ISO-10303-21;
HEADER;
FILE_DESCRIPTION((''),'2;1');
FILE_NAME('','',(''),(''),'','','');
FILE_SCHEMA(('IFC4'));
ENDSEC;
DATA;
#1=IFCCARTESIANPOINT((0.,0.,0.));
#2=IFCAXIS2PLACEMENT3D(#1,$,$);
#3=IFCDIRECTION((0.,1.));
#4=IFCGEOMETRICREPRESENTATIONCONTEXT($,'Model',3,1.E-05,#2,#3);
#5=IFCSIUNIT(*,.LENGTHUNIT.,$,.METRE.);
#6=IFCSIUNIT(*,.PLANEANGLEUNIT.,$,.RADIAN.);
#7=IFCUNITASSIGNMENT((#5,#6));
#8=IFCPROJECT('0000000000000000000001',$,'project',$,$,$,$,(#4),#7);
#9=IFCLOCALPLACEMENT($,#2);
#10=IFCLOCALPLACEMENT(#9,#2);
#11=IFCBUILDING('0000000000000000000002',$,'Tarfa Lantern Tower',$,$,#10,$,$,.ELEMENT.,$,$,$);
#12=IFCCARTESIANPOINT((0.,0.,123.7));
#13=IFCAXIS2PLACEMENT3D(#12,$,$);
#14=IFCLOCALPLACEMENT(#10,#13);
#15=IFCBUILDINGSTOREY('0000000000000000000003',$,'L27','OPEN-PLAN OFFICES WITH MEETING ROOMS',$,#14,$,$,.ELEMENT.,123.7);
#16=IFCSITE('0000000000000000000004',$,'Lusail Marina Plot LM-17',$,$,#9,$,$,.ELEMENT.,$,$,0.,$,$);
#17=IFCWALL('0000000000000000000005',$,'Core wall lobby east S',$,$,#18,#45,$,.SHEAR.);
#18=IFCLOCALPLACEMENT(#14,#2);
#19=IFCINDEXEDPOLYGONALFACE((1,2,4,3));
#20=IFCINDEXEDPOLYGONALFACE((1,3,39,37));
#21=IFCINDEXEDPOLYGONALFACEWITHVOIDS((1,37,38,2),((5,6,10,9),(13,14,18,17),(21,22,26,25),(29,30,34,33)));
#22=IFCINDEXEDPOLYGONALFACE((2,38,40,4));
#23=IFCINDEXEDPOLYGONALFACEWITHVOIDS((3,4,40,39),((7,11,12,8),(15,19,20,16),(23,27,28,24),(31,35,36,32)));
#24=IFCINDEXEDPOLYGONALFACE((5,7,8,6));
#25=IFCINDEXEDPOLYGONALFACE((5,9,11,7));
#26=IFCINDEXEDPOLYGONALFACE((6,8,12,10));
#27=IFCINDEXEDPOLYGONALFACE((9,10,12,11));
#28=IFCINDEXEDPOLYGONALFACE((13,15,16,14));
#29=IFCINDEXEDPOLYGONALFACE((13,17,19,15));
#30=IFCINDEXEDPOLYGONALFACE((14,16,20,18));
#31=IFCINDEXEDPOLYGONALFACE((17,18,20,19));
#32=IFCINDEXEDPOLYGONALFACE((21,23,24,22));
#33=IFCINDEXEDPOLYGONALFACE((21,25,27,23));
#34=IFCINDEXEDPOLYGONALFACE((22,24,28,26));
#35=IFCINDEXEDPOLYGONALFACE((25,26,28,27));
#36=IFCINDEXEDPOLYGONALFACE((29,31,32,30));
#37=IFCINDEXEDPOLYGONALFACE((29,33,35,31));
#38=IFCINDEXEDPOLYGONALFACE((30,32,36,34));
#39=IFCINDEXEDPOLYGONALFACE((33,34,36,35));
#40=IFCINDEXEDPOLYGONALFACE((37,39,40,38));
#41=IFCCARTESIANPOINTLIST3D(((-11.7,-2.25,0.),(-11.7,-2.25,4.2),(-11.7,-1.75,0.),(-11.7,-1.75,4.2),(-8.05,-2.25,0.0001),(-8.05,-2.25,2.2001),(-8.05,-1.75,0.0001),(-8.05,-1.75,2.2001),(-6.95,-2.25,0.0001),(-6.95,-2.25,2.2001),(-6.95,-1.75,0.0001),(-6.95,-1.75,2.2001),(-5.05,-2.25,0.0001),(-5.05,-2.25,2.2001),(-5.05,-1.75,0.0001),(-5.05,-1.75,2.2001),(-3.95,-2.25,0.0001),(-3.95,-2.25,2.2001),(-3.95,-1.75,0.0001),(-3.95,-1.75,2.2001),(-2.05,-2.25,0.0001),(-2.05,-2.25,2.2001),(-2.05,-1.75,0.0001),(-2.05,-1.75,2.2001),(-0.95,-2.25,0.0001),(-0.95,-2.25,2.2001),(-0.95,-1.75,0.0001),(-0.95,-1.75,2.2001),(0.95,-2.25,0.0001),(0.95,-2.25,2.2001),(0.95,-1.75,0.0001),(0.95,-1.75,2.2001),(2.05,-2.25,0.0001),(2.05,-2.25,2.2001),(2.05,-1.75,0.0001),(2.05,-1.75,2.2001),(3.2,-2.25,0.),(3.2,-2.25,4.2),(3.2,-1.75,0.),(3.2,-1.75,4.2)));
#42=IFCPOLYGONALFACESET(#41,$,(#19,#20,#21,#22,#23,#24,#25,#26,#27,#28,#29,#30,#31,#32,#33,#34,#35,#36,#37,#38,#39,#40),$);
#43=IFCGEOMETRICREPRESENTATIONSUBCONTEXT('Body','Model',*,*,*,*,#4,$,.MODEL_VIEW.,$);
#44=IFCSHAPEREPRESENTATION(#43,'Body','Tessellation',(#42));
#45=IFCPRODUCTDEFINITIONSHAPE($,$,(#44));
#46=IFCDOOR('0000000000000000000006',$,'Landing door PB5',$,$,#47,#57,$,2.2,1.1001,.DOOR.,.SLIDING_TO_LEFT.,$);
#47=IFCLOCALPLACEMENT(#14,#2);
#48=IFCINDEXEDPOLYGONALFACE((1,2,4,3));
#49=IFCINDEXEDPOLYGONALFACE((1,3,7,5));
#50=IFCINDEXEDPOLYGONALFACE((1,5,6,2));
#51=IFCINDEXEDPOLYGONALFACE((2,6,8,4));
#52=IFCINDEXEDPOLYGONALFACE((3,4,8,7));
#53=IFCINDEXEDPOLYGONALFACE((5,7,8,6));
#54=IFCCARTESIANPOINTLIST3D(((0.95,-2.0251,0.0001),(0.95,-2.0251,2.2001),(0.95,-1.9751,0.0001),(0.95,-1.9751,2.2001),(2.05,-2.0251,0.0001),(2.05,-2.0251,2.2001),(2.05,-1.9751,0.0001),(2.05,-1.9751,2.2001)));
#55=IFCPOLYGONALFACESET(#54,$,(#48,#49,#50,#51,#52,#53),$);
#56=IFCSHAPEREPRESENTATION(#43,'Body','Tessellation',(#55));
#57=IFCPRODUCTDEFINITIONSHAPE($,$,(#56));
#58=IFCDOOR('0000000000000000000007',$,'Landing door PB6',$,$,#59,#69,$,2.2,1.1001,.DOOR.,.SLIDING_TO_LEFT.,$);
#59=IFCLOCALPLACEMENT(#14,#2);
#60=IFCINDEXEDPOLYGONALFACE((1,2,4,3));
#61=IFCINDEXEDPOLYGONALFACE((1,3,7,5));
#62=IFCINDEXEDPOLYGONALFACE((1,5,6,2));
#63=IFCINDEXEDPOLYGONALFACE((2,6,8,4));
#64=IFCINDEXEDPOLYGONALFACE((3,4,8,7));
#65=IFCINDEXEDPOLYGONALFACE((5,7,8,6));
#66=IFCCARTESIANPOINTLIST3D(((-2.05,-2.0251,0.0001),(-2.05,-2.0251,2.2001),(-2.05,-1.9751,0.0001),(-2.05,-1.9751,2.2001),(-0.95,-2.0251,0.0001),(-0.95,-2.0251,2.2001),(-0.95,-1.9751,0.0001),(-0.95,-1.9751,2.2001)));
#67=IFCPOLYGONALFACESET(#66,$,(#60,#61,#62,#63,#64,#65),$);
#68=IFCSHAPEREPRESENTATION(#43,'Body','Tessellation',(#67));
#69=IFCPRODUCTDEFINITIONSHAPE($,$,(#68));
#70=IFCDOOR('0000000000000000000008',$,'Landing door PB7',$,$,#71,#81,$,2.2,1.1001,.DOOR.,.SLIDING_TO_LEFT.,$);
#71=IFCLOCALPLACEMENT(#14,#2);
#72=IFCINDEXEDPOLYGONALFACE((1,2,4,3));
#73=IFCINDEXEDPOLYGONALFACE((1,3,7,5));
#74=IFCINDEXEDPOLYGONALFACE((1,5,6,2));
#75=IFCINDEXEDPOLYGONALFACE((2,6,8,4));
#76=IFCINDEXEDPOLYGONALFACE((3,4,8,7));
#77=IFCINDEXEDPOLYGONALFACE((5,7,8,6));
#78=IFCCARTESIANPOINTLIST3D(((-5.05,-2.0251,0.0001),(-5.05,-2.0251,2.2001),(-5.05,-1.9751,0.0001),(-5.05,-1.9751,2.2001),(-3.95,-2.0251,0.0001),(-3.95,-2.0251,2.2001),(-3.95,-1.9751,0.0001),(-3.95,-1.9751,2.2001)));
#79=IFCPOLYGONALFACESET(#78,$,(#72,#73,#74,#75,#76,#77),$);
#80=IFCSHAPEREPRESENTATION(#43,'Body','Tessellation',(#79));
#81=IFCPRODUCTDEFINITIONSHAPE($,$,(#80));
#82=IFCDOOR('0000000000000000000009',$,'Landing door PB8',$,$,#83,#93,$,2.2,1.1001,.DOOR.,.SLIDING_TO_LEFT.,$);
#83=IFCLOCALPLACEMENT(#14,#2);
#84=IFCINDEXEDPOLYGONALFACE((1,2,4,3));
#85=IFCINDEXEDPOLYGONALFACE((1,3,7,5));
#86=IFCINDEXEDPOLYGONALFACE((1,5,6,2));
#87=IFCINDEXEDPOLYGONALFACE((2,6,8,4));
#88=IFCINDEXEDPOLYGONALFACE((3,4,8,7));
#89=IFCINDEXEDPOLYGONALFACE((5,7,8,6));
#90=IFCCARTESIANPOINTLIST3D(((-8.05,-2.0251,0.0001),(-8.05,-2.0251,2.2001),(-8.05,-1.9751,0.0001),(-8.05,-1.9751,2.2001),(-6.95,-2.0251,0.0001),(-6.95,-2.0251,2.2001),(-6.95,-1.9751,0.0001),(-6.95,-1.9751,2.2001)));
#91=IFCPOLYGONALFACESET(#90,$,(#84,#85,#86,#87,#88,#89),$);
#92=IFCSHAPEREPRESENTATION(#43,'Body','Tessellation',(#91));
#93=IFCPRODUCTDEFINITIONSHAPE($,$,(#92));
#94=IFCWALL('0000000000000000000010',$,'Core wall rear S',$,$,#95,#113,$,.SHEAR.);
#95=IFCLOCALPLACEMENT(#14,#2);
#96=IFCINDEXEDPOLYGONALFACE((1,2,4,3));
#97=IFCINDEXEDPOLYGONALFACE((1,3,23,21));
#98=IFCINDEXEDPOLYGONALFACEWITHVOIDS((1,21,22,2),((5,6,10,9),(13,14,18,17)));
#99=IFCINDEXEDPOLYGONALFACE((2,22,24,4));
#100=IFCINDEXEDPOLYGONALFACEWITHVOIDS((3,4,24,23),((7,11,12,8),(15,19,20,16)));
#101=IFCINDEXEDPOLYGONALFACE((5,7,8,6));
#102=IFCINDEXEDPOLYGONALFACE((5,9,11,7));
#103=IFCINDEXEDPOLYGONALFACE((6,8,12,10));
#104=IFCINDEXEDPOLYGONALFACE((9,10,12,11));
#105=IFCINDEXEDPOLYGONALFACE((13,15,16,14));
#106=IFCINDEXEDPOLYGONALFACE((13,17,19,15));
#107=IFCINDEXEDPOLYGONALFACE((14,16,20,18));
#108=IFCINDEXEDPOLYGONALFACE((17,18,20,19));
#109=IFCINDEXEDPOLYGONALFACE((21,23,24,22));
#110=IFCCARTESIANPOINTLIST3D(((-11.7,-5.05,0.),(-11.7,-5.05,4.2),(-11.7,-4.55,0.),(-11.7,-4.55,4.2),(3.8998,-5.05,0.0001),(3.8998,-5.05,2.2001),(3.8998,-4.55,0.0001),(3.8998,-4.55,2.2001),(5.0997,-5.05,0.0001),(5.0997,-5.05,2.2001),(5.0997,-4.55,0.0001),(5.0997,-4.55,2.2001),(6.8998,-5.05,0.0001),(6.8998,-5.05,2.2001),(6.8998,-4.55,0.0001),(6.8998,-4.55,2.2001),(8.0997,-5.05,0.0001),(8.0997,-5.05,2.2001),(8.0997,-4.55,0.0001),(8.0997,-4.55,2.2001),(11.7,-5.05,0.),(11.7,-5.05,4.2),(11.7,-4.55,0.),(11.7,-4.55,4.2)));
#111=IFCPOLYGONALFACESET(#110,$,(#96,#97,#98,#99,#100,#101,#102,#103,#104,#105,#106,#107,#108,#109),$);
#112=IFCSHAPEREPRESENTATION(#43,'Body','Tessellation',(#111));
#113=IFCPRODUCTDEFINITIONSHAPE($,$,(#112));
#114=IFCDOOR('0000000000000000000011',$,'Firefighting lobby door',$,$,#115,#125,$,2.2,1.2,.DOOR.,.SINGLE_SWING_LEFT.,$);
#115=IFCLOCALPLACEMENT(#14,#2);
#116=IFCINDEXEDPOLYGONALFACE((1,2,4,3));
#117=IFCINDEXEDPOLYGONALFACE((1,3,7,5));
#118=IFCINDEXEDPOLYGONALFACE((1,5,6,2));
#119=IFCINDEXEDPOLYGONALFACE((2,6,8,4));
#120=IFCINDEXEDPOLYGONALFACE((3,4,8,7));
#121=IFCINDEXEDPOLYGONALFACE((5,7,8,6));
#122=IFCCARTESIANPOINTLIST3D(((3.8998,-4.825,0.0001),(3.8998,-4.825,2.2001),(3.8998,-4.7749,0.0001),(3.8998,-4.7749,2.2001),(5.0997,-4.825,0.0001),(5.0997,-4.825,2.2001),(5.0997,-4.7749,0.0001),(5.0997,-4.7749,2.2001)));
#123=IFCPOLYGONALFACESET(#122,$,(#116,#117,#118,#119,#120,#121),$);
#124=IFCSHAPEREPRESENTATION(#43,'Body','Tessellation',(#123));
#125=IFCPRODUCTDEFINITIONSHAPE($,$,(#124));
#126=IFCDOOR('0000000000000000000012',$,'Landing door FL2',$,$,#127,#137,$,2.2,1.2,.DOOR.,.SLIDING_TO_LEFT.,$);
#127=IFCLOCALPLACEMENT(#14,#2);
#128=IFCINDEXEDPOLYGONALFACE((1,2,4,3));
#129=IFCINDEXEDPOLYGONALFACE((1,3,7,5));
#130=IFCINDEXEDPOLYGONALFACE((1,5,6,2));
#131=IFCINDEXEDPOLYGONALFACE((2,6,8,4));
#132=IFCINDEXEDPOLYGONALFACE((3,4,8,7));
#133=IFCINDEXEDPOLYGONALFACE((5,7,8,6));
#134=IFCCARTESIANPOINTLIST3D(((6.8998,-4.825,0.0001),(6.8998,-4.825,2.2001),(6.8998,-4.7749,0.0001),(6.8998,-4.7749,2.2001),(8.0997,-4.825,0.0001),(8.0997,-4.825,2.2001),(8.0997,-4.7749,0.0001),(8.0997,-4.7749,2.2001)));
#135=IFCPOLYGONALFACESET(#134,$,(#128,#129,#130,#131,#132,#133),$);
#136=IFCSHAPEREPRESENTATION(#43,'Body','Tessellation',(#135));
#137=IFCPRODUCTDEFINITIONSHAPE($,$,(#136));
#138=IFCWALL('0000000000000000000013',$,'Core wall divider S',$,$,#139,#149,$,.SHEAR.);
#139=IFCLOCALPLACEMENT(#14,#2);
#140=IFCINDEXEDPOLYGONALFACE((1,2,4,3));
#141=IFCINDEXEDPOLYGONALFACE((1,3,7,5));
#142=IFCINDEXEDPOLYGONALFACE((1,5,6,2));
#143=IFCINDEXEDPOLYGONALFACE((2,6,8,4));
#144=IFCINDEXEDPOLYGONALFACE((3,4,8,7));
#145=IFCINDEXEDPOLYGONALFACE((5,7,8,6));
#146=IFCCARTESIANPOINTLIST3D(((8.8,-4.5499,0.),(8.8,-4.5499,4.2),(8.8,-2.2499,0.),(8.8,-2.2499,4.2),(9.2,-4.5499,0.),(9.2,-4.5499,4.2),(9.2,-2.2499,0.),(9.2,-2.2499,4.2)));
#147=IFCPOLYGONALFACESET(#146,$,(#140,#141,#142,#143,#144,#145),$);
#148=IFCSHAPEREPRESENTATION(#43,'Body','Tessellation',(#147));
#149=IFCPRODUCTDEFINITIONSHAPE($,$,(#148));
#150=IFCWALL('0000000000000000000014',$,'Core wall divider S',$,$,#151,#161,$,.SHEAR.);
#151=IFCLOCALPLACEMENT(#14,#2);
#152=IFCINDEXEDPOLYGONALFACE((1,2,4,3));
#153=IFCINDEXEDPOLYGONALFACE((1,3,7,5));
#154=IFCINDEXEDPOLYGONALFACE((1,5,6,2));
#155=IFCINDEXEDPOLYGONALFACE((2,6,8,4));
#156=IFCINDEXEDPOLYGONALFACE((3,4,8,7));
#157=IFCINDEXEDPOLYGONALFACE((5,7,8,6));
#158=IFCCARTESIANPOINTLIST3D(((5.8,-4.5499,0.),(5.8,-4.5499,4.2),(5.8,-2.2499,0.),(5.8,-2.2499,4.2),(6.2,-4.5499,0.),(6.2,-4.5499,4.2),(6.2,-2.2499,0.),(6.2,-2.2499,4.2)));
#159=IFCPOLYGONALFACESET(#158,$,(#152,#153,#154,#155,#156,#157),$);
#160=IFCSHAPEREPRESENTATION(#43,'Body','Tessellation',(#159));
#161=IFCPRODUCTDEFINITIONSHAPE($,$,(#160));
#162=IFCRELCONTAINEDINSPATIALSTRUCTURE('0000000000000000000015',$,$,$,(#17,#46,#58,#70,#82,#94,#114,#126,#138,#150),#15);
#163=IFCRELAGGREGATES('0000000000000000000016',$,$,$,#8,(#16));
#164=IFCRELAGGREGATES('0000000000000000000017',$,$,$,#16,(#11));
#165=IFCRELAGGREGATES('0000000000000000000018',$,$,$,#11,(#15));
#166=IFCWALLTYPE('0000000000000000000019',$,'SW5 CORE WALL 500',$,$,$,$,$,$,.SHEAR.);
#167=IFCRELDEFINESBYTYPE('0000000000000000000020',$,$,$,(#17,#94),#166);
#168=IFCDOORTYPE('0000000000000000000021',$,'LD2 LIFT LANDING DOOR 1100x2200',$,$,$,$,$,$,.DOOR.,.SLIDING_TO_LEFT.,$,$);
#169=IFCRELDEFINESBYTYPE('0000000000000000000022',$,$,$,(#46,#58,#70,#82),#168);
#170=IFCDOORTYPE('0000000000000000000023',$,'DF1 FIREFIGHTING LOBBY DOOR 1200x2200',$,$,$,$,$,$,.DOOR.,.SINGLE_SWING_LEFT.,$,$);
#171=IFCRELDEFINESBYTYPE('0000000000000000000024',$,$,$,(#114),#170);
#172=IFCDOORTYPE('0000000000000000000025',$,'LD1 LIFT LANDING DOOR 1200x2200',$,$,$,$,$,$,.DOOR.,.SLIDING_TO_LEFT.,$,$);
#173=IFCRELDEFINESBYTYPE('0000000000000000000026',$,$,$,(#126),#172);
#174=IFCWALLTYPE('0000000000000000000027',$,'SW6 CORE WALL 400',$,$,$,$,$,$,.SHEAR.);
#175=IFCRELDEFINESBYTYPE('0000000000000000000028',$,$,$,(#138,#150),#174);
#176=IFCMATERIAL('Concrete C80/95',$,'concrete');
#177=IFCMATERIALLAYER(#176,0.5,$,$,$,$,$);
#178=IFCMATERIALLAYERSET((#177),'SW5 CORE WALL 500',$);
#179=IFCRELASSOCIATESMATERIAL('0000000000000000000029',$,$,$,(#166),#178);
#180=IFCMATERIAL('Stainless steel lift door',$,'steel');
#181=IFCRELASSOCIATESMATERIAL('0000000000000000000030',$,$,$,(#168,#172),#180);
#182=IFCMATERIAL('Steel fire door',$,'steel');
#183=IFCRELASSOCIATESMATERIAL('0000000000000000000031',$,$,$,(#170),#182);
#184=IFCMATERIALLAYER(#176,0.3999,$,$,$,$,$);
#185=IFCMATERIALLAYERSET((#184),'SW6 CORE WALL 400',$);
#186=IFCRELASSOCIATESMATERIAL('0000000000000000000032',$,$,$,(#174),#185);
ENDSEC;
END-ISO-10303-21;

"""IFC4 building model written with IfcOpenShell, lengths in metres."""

from ifc_helpers import new_model, si_unit, direction, frame, frame_2d, origin, place, context, subcontext, project, spatial, rectangle, extrude, material, layer, layer_set, type_object, element, fill, save


model = new_model("IFC4")

# Units and contexts
model_context = context("Model", 3, precision=1e-05, world=origin(), true_north=direction((0.0, 1.0)))
body_context = subcontext(model_context, "Body", "Model", "MODEL_VIEW")
ifc_project = project(units=[si_unit("LENGTHUNIT", "METRE"), si_unit("PLANEANGLEUNIT", "RADIAN")], contexts=[model_context])

# Site, building, storey
site_placement = place(None, origin())
site = spatial("IfcSite", under=ifc_project, at=site_placement, Name="Lusail Marina Plot LM-17", CompositionType="ELEMENT", RefElevation=0.0)
building_placement = place(site_placement, origin())
building = spatial("IfcBuilding", under=site, at=building_placement, Name="Tarfa Lantern Tower", CompositionType="ELEMENT")
storey_placement = place(building_placement, frame((0.0, 0.0, 123.7)))
storey = spatial("IfcBuildingStorey", under=building, at=storey_placement, Name="L27", Description="OPEN-PLAN OFFICES WITH MEETING ROOMS", CompositionType="ELEMENT", Elevation=123.7)

# Shared definitions
ifc_material_1 = material(Name="Concrete C80/95", Category="concrete")

# Shared definitions
ifc_material_2 = material(Name="Steel fire door", Category="steel")

# Shared definitions
ifc_layer_1 = layer(ifc_material_1, 0.5)
ifc_layer_set_1 = layer_set([ifc_layer_1], Name="SW5 CORE WALL 500")
wall_type_1 = type_object("IfcWallType", Name="SW5 CORE WALL 500", PredefinedType="SHEAR", material=ifc_layer_set_1)

# Walls, openings, doors
wall_1_placement = place(storey_placement, frame((3.2, -2.0, 0.0), z_axis=(0.0, 0.0, 1.0), x_axis=(-1.0, 0.0, 0.0)))
wall_1 = element("IfcWall", 1, at=wall_1_placement, inside=storey, type_object=wall_type_1, Name="Core wall lobby east S", PredefinedType="SHEAR", context=body_context, shape_type="SweptSolid", body=[
    extrude(rectangle(XDim=14.8999, YDim=0.5, at=frame_2d((7.45, 0.0))), origin(), (0.0, 0.0, 1.0), 4.2),
])
opening_1_placement = place(wall_1_placement, frame((1.1499, 0.0, 0.0)))
opening_1 = element("IfcOpeningElement", 2, at=opening_1_placement, cuts=wall_1, PredefinedType="OPENING", context=body_context, shape_type="SweptSolid", body=[
    extrude(rectangle(XDim=1.1001, YDim=2.2, at=frame_2d((0.55, 1.1001))), frame((0.0, 0.26, 0.0), z_axis=(0.0, -1.0, 0.0), x_axis=(1.0, 0.0, 0.0)), (0.0, 0.0, 1.0), 0.52),
])
opening_2_placement = place(wall_1_placement, frame((4.1499, 0.0, 0.0)))
opening_2 = element("IfcOpeningElement", 3, at=opening_2_placement, cuts=wall_1, PredefinedType="OPENING", context=body_context, shape_type="SweptSolid", body=[
    extrude(rectangle(XDim=1.1001, YDim=2.2, at=frame_2d((0.55, 1.1001))), frame((0.0, 0.26, 0.0), z_axis=(0.0, -1.0, 0.0), x_axis=(1.0, 0.0, 0.0)), (0.0, 0.0, 1.0), 0.52),
])
opening_3_placement = place(wall_1_placement, frame((7.1499, 0.0, 0.0)))
opening_3 = element("IfcOpeningElement", 4, at=opening_3_placement, cuts=wall_1, PredefinedType="OPENING", context=body_context, shape_type="SweptSolid", body=[
    extrude(rectangle(XDim=1.1001, YDim=2.2, at=frame_2d((0.55, 1.1001))), frame((0.0, 0.26, 0.0), z_axis=(0.0, -1.0, 0.0), x_axis=(1.0, 0.0, 0.0)), (0.0, 0.0, 1.0), 0.52),
])
opening_4_placement = place(wall_1_placement, frame((10.1499, 0.0, 0.0)))
opening_4 = element("IfcOpeningElement", 5, at=opening_4_placement, cuts=wall_1, PredefinedType="OPENING", context=body_context, shape_type="SweptSolid", body=[
    extrude(rectangle(XDim=1.1001, YDim=2.2, at=frame_2d((0.55, 1.1001))), frame((0.0, 0.26, 0.0), z_axis=(0.0, -1.0, 0.0), x_axis=(1.0, 0.0, 0.0)), (0.0, 0.0, 1.0), 0.52),
])
ifc_material_3 = material(Name="Stainless steel lift door", Category="steel")
door_type_1 = type_object("IfcDoorType", Name="LD2 LIFT LANDING DOOR 1100x2200", OperationType="SLIDING_TO_LEFT", PredefinedType="DOOR", material=ifc_material_3)
door_1_placement = place(opening_1_placement, frame((1.1001, 0.0, 0.0), z_axis=(0.0, 0.0, 1.0), x_axis=(-1.0, 0.0, 0.0)))
door_1 = element("IfcDoor", 6, at=door_1_placement, inside=storey, type_object=door_type_1, Name="Landing door PB5", OperationType="SLIDING_TO_LEFT", OverallHeight=2.2, OverallWidth=1.1001, PredefinedType="DOOR", context=body_context, shape_type="SweptSolid", body=[
    extrude(rectangle(XDim=1.1001, YDim=2.2, at=frame_2d((0.55, 1.1001))), frame((0.0, 0.0249, 0.0), z_axis=(0.0, -1.0, 0.0), x_axis=(1.0, 0.0, 0.0)), (0.0, 0.0, 1.0), 0.05),
])
fill(opening_1, door_1)
door_2_placement = place(opening_2_placement, frame((1.1001, 0.0, 0.0), z_axis=(0.0, 0.0, 1.0), x_axis=(-1.0, 0.0, 0.0)))
door_2 = element("IfcDoor", 7, at=door_2_placement, inside=storey, type_object=door_type_1, Name="Landing door PB6", OperationType="SLIDING_TO_LEFT", OverallHeight=2.2, OverallWidth=1.1001, PredefinedType="DOOR", context=body_context, shape_type="SweptSolid", body=[
    extrude(rectangle(XDim=1.1001, YDim=2.2, at=frame_2d((0.55, 1.1001))), frame((0.0, 0.0249, 0.0), z_axis=(0.0, -1.0, 0.0), x_axis=(1.0, 0.0, 0.0)), (0.0, 0.0, 1.0), 0.05),
])
fill(opening_2, door_2)
door_3_placement = place(opening_3_placement, frame((1.1001, 0.0, 0.0), z_axis=(0.0, 0.0, 1.0), x_axis=(-1.0, 0.0, 0.0)))
door_3 = element("IfcDoor", 8, at=door_3_placement, inside=storey, type_object=door_type_1, Name="Landing door PB7", OperationType="SLIDING_TO_LEFT", OverallHeight=2.2, OverallWidth=1.1001, PredefinedType="DOOR", context=body_context, shape_type="SweptSolid", body=[
    extrude(rectangle(XDim=1.1001, YDim=2.2, at=frame_2d((0.55, 1.1001))), frame((0.0, 0.0249, 0.0), z_axis=(0.0, -1.0, 0.0), x_axis=(1.0, 0.0, 0.0)), (0.0, 0.0, 1.0), 0.05),
])
fill(opening_3, door_3)
door_4_placement = place(opening_4_placement, frame((1.1001, 0.0, 0.0), z_axis=(0.0, 0.0, 1.0), x_axis=(-1.0, 0.0, 0.0)))
door_4 = element("IfcDoor", 9, at=door_4_placement, inside=storey, type_object=door_type_1, Name="Landing door PB8", OperationType="SLIDING_TO_LEFT", OverallHeight=2.2, OverallWidth=1.1001, PredefinedType="DOOR", context=body_context, shape_type="SweptSolid", body=[
    extrude(rectangle(XDim=1.1001, YDim=2.2, at=frame_2d((0.55, 1.1001))), frame((0.0, 0.0249, 0.0), z_axis=(0.0, -1.0, 0.0), x_axis=(1.0, 0.0, 0.0)), (0.0, 0.0, 1.0), 0.05),
])
fill(opening_4, door_4)
wall_2_placement = place(storey_placement, frame((11.7, -4.8, 0.0), z_axis=(0.0, 0.0, 1.0), x_axis=(-1.0, 0.0, 0.0)))
wall_2 = element("IfcWall", 10, at=wall_2_placement, inside=storey, type_object=wall_type_1, Name="Core wall rear S", PredefinedType="SHEAR", context=body_context, shape_type="SweptSolid", body=[
    extrude(rectangle(XDim=23.3999, YDim=0.5, at=frame_2d((11.7, 0.0))), origin(), (0.0, 0.0, 1.0), 4.2),
])
opening_5_placement = place(wall_2_placement, frame((6.6001, 0.0, 0.0)))
opening_5 = element("IfcOpeningElement", 11, at=opening_5_placement, cuts=wall_2, PredefinedType="OPENING", context=body_context, shape_type="SweptSolid", body=[
    extrude(rectangle(XDim=1.2, YDim=2.2, at=frame_2d((0.6001, 1.1001))), frame((0.0, 0.26, 0.0), z_axis=(0.0, -1.0, 0.0), x_axis=(1.0, 0.0, 0.0)), (0.0, 0.0, 1.0), 0.52),
])
opening_6_placement = place(wall_2_placement, frame((3.6001, 0.0, 0.0)))
opening_6 = element("IfcOpeningElement", 12, at=opening_6_placement, cuts=wall_2, PredefinedType="OPENING", context=body_context, shape_type="SweptSolid", body=[
    extrude(rectangle(XDim=1.2, YDim=2.2, at=frame_2d((0.6001, 1.1001))), frame((0.0, 0.26, 0.0), z_axis=(0.0, -1.0, 0.0), x_axis=(1.0, 0.0, 0.0)), (0.0, 0.0, 1.0), 0.52),
])
door_type_2 = type_object("IfcDoorType", Name="DF1 FIREFIGHTING LOBBY DOOR 1200x2200", OperationType="SINGLE_SWING_LEFT", PredefinedType="DOOR", material=ifc_material_2)
door_5_placement = place(opening_5_placement, origin())
door_5 = element("IfcDoor", 13, at=door_5_placement, inside=storey, type_object=door_type_2, Name="Firefighting lobby door", OperationType="SINGLE_SWING_LEFT", OverallHeight=2.2, OverallWidth=1.2, PredefinedType="DOOR", context=body_context, shape_type="SweptSolid", body=[
    extrude(rectangle(XDim=1.2, YDim=2.2, at=frame_2d((0.6001, 1.1001))), frame((0.0, 0.0249, 0.0), z_axis=(0.0, -1.0, 0.0), x_axis=(1.0, 0.0, 0.0)), (0.0, 0.0, 1.0), 0.05),
])
fill(opening_5, door_5)
door_type_3 = type_object("IfcDoorType", Name="LD1 LIFT LANDING DOOR 1200x2200", OperationType="SLIDING_TO_LEFT", PredefinedType="DOOR", material=ifc_material_3)
door_6_placement = place(opening_6_placement, origin())
door_6 = element("IfcDoor", 14, at=door_6_placement, inside=storey, type_object=door_type_3, Name="Landing door FL2", OperationType="SLIDING_TO_LEFT", OverallHeight=2.2, OverallWidth=1.2, PredefinedType="DOOR", context=body_context, shape_type="SweptSolid", body=[
    extrude(rectangle(XDim=1.2, YDim=2.2, at=frame_2d((0.6001, 1.1001))), frame((0.0, 0.0249, 0.0), z_axis=(0.0, -1.0, 0.0), x_axis=(1.0, 0.0, 0.0)), (0.0, 0.0, 1.0), 0.05),
])
fill(opening_6, door_6)

# Walls
ifc_layer_2 = layer(ifc_material_1, 0.3999)
ifc_layer_set_2 = layer_set([ifc_layer_2], Name="SW6 CORE WALL 400")
wall_type_2 = type_object("IfcWallType", Name="SW6 CORE WALL 400", PredefinedType="SHEAR", material=ifc_layer_set_2)
for number, where, z_axis, x_axis, name in (
    (15, (9.0, -2.25, 0.0), (0.0, 0.0, 1.0), (0.0, -1.0, 0.0), "Core wall divider S"),
    (16, (6.0, -2.25, 0.0), (0.0, 0.0, 1.0), (0.0, -1.0, 0.0), "Core wall divider S"),
):
    element("IfcWall", number, at=place(storey_placement, frame(where, z_axis=z_axis, x_axis=x_axis)), inside=storey, type_object=wall_type_2, Name=name, PredefinedType="SHEAR", context=body_context, shape_type="SweptSolid", body=[
        extrude(rectangle(XDim=2.3, YDim=0.3999, at=frame_2d((1.1499, 0.0))), origin(), (0.0, 0.0, 1.0), 4.2),
    ])

save(model, "model.ifc")
